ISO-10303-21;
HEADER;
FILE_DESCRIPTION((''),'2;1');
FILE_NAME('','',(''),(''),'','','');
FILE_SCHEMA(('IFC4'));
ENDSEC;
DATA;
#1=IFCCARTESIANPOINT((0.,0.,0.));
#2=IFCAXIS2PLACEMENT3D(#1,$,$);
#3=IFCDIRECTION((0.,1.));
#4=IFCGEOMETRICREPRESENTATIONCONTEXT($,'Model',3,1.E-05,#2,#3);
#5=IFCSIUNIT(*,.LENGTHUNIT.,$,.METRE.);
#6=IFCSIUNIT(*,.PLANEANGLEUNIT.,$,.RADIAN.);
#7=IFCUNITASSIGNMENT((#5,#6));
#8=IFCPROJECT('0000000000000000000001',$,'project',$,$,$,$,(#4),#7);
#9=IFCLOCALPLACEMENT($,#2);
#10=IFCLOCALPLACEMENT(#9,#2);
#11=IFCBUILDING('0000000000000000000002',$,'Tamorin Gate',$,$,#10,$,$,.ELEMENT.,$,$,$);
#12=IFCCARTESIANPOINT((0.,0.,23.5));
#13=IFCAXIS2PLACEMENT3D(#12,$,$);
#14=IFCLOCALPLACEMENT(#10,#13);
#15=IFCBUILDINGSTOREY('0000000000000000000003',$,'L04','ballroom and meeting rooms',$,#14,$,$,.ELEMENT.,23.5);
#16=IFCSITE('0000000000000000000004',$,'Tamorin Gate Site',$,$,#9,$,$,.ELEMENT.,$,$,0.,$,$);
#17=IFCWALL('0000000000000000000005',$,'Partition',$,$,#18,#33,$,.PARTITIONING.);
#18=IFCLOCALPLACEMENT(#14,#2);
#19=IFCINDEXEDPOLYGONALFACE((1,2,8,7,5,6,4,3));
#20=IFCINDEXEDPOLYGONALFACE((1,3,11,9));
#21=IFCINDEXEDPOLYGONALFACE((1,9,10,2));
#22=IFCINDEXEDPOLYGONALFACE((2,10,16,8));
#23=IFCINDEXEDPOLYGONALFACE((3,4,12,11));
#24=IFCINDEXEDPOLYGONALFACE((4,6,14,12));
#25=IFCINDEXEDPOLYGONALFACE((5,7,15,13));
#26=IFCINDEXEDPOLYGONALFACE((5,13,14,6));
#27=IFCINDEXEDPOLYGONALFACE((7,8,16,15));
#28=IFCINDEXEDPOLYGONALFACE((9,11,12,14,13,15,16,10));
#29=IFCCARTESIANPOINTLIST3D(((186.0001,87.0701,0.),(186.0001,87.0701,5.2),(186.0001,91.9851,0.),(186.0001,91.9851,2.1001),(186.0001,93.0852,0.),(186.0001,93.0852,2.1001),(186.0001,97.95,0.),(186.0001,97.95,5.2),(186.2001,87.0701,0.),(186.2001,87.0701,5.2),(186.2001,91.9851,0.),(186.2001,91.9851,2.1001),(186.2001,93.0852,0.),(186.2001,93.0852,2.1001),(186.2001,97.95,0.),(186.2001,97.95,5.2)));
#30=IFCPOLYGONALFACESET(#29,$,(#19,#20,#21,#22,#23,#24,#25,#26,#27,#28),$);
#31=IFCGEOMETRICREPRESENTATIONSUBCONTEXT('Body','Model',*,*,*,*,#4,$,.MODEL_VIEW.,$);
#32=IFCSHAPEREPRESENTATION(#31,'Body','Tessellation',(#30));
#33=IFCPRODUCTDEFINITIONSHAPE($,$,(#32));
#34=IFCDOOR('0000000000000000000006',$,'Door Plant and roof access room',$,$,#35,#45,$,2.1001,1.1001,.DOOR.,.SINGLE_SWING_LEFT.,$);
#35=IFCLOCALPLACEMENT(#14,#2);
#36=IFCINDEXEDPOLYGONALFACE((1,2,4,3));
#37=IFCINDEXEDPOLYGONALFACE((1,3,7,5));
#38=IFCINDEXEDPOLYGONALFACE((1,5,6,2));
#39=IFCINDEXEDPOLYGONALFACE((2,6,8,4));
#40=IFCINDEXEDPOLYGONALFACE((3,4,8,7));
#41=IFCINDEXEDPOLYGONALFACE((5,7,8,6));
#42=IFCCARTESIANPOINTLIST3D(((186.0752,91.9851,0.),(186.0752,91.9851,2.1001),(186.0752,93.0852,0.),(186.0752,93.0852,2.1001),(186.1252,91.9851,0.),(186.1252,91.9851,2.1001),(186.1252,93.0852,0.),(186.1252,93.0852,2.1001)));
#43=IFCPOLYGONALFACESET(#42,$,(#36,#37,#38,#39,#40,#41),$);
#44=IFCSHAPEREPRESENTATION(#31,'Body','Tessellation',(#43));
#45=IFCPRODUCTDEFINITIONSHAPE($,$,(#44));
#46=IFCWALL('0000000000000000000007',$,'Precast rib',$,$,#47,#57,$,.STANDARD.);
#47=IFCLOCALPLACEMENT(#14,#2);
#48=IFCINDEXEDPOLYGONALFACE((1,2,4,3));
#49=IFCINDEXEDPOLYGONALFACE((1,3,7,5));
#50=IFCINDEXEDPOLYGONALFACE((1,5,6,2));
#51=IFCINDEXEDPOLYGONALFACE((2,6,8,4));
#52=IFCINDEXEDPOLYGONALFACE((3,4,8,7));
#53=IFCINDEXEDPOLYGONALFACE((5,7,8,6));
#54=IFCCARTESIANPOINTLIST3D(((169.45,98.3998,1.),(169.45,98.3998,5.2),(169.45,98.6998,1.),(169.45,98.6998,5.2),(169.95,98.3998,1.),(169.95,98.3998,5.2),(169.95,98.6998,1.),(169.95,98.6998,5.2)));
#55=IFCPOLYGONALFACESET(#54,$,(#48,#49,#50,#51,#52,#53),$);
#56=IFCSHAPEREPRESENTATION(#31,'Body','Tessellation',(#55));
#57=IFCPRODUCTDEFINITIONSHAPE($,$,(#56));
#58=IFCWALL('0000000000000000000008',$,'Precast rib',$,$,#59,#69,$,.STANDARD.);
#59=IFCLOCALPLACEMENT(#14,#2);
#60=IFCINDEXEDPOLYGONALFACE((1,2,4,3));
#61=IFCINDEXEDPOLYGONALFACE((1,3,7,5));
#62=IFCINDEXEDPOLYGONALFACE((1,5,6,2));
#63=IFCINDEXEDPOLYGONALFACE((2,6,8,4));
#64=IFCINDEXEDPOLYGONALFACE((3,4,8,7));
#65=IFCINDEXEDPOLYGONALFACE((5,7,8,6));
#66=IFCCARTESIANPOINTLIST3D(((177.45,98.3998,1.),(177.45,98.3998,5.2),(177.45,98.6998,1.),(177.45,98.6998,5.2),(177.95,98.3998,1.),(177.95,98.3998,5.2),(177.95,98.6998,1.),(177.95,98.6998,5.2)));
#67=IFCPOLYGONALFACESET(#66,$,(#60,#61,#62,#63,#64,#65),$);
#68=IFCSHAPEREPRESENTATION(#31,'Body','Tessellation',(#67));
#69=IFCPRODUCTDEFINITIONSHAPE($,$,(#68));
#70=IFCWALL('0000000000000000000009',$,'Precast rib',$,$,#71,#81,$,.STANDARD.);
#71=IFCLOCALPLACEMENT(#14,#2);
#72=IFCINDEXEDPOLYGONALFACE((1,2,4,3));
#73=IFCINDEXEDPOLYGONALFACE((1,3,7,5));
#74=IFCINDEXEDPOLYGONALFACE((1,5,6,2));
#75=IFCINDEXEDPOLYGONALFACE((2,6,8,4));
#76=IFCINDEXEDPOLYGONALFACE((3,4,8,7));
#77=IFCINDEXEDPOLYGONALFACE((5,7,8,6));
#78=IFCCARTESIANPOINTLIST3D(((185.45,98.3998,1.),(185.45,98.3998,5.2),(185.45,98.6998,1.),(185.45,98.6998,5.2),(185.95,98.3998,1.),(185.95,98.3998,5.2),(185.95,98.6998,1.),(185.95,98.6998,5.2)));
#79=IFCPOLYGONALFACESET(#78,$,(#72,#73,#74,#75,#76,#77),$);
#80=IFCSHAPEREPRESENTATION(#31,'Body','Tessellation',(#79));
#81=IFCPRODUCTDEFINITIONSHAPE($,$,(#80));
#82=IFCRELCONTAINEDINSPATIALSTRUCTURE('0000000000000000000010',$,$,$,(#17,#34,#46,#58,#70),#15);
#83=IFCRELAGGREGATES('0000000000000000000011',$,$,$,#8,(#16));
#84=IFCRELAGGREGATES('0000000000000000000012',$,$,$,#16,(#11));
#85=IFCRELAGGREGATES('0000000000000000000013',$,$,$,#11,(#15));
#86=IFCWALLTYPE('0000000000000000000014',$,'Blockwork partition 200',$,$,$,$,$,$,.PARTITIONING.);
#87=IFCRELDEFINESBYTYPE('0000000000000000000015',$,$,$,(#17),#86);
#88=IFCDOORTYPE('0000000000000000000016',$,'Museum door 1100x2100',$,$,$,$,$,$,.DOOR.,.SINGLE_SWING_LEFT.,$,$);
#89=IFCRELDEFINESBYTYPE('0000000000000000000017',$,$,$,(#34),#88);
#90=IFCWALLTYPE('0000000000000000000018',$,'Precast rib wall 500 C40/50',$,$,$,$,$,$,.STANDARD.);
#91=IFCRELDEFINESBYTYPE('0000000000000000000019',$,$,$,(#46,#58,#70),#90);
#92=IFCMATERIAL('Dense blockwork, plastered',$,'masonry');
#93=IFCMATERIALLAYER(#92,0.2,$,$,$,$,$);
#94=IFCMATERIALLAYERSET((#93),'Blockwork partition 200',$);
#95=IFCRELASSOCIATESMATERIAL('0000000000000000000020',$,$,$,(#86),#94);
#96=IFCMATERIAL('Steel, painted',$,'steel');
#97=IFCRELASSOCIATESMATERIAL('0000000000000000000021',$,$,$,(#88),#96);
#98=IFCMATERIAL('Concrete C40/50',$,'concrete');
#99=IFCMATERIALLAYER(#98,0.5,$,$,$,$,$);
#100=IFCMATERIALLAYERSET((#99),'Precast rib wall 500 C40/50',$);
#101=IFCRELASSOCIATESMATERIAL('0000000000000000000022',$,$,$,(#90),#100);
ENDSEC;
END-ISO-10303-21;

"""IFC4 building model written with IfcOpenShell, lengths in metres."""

from ifc_helpers import new_model, si_unit, direction, frame, frame_2d, origin, place, context, subcontext, project, spatial, rectangle, extrude, material, layer, layer_set, type_object, element, fill, save


model = new_model("IFC4")

# Units and contexts
model_context = context("Model", 3, precision=1e-05, world=origin(), true_north=direction((0.0, 1.0)))
body_context = subcontext(model_context, "Body", "Model", "MODEL_VIEW")
ifc_project = project(units=[si_unit("LENGTHUNIT", "METRE"), si_unit("PLANEANGLEUNIT", "RADIAN")], contexts=[model_context])

# Site, building, storey
site_placement = place(None, origin())
site = spatial("IfcSite", under=ifc_project, at=site_placement, Name="Tamorin Gate Site", CompositionType="ELEMENT", RefElevation=0.0)
building_placement = place(site_placement, origin())
building = spatial("IfcBuilding", under=site, at=building_placement, Name="Tamorin Gate", CompositionType="ELEMENT")
storey_placement = place(building_placement, frame((0.0, 0.0, 23.5)))
storey = spatial("IfcBuildingStorey", under=building, at=storey_placement, Name="L04", Description="ballroom and meeting rooms", CompositionType="ELEMENT", Elevation=23.5)

# Wall, opening, door
ifc_material_1 = material(Name="Dense blockwork, plastered", Category="masonry")
ifc_layer_1 = layer(ifc_material_1, 0.2)
ifc_layer_set_1 = layer_set([ifc_layer_1], Name="Blockwork partition 200")
wall_type_1 = type_object("IfcWallType", Name="Blockwork partition 200", PredefinedType="PARTITIONING", material=ifc_layer_set_1)
wall_placement = place(storey_placement, frame((186.1001, 87.0701, 0.0), z_axis=(0.0, 0.0, 1.0), x_axis=(0.0, 1.0, 0.0)))
wall = element("IfcWall", 1, at=wall_placement, inside=storey, type_object=wall_type_1, Name="Partition", PredefinedType="PARTITIONING", context=body_context, shape_type="SweptSolid", body=[
    extrude(rectangle(XDim=10.8799, YDim=0.2, at=frame_2d((5.4399, 0.0))), origin(), (0.0, 0.0, 1.0), 5.2),
])
opening_placement = place(wall_placement, frame((4.915, 0.0, 0.0)))
opening = element("IfcOpeningElement", 2, at=opening_placement, cuts=wall, PredefinedType="OPENING", context=body_context, shape_type="SweptSolid", body=[
    extrude(rectangle(XDim=1.1001, YDim=2.1001, at=frame_2d((0.55, 1.05))), frame((0.0, 0.1099, 0.0), z_axis=(0.0, -1.0, 0.0), x_axis=(1.0, 0.0, 0.0)), (0.0, 0.0, 1.0), 0.22),
])
ifc_material_2 = material(Name="Steel, painted", Category="steel")
door_type = type_object("IfcDoorType", Name="Museum door 1100x2100", OperationType="SINGLE_SWING_LEFT", PredefinedType="DOOR", material=ifc_material_2)
door_placement = place(opening_placement, origin())
door = element("IfcDoor", 3, at=door_placement, inside=storey, type_object=door_type, Name="Door Plant and roof access room", OperationType="SINGLE_SWING_LEFT", OverallHeight=2.1001, OverallWidth=1.1001, PredefinedType="DOOR", context=body_context, shape_type="SweptSolid", body=[
    extrude(rectangle(XDim=1.1001, YDim=2.1001, at=frame_2d((0.55, 1.05))), frame((0.0, 0.0249, 0.0), z_axis=(0.0, -1.0, 0.0), x_axis=(1.0, 0.0, 0.0)), (0.0, 0.0, 1.0), 0.05),
])
fill(opening, door)

# Walls
ifc_material_3 = material(Name="Concrete C40/50", Category="concrete")
ifc_layer_2 = layer(ifc_material_3, 0.5)
ifc_layer_set_2 = layer_set([ifc_layer_2], Name="Precast rib wall 500 C40/50")
wall_type_2 = type_object("IfcWallType", Name="Precast rib wall 500 C40/50", PredefinedType="STANDARD", material=ifc_layer_set_2)
for number, where, z_axis, x_axis, name in (
    (4, (169.7, 98.3999, 1.0), (0.0, 0.0, 1.0), (0.0, 1.0, 0.0), "Precast rib"),
    (5, (177.7, 98.3999, 1.0), (0.0, 0.0, 1.0), (0.0, 1.0, 0.0), "Precast rib"),
    (6, (185.7, 98.3999, 1.0), (0.0, 0.0, 1.0), (0.0, 1.0, 0.0), "Precast rib"),
):
    element("IfcWall", number, at=place(storey_placement, frame(where, z_axis=z_axis, x_axis=x_axis)), inside=storey, type_object=wall_type_2, Name=name, PredefinedType="STANDARD", context=body_context, shape_type="SweptSolid", body=[
        extrude(rectangle(XDim=0.3, YDim=0.5, at=frame_2d((0.1499, 0.0))), origin(), (0.0, 0.0, 1.0), 4.2),
    ])

save(model, "model.ifc")
